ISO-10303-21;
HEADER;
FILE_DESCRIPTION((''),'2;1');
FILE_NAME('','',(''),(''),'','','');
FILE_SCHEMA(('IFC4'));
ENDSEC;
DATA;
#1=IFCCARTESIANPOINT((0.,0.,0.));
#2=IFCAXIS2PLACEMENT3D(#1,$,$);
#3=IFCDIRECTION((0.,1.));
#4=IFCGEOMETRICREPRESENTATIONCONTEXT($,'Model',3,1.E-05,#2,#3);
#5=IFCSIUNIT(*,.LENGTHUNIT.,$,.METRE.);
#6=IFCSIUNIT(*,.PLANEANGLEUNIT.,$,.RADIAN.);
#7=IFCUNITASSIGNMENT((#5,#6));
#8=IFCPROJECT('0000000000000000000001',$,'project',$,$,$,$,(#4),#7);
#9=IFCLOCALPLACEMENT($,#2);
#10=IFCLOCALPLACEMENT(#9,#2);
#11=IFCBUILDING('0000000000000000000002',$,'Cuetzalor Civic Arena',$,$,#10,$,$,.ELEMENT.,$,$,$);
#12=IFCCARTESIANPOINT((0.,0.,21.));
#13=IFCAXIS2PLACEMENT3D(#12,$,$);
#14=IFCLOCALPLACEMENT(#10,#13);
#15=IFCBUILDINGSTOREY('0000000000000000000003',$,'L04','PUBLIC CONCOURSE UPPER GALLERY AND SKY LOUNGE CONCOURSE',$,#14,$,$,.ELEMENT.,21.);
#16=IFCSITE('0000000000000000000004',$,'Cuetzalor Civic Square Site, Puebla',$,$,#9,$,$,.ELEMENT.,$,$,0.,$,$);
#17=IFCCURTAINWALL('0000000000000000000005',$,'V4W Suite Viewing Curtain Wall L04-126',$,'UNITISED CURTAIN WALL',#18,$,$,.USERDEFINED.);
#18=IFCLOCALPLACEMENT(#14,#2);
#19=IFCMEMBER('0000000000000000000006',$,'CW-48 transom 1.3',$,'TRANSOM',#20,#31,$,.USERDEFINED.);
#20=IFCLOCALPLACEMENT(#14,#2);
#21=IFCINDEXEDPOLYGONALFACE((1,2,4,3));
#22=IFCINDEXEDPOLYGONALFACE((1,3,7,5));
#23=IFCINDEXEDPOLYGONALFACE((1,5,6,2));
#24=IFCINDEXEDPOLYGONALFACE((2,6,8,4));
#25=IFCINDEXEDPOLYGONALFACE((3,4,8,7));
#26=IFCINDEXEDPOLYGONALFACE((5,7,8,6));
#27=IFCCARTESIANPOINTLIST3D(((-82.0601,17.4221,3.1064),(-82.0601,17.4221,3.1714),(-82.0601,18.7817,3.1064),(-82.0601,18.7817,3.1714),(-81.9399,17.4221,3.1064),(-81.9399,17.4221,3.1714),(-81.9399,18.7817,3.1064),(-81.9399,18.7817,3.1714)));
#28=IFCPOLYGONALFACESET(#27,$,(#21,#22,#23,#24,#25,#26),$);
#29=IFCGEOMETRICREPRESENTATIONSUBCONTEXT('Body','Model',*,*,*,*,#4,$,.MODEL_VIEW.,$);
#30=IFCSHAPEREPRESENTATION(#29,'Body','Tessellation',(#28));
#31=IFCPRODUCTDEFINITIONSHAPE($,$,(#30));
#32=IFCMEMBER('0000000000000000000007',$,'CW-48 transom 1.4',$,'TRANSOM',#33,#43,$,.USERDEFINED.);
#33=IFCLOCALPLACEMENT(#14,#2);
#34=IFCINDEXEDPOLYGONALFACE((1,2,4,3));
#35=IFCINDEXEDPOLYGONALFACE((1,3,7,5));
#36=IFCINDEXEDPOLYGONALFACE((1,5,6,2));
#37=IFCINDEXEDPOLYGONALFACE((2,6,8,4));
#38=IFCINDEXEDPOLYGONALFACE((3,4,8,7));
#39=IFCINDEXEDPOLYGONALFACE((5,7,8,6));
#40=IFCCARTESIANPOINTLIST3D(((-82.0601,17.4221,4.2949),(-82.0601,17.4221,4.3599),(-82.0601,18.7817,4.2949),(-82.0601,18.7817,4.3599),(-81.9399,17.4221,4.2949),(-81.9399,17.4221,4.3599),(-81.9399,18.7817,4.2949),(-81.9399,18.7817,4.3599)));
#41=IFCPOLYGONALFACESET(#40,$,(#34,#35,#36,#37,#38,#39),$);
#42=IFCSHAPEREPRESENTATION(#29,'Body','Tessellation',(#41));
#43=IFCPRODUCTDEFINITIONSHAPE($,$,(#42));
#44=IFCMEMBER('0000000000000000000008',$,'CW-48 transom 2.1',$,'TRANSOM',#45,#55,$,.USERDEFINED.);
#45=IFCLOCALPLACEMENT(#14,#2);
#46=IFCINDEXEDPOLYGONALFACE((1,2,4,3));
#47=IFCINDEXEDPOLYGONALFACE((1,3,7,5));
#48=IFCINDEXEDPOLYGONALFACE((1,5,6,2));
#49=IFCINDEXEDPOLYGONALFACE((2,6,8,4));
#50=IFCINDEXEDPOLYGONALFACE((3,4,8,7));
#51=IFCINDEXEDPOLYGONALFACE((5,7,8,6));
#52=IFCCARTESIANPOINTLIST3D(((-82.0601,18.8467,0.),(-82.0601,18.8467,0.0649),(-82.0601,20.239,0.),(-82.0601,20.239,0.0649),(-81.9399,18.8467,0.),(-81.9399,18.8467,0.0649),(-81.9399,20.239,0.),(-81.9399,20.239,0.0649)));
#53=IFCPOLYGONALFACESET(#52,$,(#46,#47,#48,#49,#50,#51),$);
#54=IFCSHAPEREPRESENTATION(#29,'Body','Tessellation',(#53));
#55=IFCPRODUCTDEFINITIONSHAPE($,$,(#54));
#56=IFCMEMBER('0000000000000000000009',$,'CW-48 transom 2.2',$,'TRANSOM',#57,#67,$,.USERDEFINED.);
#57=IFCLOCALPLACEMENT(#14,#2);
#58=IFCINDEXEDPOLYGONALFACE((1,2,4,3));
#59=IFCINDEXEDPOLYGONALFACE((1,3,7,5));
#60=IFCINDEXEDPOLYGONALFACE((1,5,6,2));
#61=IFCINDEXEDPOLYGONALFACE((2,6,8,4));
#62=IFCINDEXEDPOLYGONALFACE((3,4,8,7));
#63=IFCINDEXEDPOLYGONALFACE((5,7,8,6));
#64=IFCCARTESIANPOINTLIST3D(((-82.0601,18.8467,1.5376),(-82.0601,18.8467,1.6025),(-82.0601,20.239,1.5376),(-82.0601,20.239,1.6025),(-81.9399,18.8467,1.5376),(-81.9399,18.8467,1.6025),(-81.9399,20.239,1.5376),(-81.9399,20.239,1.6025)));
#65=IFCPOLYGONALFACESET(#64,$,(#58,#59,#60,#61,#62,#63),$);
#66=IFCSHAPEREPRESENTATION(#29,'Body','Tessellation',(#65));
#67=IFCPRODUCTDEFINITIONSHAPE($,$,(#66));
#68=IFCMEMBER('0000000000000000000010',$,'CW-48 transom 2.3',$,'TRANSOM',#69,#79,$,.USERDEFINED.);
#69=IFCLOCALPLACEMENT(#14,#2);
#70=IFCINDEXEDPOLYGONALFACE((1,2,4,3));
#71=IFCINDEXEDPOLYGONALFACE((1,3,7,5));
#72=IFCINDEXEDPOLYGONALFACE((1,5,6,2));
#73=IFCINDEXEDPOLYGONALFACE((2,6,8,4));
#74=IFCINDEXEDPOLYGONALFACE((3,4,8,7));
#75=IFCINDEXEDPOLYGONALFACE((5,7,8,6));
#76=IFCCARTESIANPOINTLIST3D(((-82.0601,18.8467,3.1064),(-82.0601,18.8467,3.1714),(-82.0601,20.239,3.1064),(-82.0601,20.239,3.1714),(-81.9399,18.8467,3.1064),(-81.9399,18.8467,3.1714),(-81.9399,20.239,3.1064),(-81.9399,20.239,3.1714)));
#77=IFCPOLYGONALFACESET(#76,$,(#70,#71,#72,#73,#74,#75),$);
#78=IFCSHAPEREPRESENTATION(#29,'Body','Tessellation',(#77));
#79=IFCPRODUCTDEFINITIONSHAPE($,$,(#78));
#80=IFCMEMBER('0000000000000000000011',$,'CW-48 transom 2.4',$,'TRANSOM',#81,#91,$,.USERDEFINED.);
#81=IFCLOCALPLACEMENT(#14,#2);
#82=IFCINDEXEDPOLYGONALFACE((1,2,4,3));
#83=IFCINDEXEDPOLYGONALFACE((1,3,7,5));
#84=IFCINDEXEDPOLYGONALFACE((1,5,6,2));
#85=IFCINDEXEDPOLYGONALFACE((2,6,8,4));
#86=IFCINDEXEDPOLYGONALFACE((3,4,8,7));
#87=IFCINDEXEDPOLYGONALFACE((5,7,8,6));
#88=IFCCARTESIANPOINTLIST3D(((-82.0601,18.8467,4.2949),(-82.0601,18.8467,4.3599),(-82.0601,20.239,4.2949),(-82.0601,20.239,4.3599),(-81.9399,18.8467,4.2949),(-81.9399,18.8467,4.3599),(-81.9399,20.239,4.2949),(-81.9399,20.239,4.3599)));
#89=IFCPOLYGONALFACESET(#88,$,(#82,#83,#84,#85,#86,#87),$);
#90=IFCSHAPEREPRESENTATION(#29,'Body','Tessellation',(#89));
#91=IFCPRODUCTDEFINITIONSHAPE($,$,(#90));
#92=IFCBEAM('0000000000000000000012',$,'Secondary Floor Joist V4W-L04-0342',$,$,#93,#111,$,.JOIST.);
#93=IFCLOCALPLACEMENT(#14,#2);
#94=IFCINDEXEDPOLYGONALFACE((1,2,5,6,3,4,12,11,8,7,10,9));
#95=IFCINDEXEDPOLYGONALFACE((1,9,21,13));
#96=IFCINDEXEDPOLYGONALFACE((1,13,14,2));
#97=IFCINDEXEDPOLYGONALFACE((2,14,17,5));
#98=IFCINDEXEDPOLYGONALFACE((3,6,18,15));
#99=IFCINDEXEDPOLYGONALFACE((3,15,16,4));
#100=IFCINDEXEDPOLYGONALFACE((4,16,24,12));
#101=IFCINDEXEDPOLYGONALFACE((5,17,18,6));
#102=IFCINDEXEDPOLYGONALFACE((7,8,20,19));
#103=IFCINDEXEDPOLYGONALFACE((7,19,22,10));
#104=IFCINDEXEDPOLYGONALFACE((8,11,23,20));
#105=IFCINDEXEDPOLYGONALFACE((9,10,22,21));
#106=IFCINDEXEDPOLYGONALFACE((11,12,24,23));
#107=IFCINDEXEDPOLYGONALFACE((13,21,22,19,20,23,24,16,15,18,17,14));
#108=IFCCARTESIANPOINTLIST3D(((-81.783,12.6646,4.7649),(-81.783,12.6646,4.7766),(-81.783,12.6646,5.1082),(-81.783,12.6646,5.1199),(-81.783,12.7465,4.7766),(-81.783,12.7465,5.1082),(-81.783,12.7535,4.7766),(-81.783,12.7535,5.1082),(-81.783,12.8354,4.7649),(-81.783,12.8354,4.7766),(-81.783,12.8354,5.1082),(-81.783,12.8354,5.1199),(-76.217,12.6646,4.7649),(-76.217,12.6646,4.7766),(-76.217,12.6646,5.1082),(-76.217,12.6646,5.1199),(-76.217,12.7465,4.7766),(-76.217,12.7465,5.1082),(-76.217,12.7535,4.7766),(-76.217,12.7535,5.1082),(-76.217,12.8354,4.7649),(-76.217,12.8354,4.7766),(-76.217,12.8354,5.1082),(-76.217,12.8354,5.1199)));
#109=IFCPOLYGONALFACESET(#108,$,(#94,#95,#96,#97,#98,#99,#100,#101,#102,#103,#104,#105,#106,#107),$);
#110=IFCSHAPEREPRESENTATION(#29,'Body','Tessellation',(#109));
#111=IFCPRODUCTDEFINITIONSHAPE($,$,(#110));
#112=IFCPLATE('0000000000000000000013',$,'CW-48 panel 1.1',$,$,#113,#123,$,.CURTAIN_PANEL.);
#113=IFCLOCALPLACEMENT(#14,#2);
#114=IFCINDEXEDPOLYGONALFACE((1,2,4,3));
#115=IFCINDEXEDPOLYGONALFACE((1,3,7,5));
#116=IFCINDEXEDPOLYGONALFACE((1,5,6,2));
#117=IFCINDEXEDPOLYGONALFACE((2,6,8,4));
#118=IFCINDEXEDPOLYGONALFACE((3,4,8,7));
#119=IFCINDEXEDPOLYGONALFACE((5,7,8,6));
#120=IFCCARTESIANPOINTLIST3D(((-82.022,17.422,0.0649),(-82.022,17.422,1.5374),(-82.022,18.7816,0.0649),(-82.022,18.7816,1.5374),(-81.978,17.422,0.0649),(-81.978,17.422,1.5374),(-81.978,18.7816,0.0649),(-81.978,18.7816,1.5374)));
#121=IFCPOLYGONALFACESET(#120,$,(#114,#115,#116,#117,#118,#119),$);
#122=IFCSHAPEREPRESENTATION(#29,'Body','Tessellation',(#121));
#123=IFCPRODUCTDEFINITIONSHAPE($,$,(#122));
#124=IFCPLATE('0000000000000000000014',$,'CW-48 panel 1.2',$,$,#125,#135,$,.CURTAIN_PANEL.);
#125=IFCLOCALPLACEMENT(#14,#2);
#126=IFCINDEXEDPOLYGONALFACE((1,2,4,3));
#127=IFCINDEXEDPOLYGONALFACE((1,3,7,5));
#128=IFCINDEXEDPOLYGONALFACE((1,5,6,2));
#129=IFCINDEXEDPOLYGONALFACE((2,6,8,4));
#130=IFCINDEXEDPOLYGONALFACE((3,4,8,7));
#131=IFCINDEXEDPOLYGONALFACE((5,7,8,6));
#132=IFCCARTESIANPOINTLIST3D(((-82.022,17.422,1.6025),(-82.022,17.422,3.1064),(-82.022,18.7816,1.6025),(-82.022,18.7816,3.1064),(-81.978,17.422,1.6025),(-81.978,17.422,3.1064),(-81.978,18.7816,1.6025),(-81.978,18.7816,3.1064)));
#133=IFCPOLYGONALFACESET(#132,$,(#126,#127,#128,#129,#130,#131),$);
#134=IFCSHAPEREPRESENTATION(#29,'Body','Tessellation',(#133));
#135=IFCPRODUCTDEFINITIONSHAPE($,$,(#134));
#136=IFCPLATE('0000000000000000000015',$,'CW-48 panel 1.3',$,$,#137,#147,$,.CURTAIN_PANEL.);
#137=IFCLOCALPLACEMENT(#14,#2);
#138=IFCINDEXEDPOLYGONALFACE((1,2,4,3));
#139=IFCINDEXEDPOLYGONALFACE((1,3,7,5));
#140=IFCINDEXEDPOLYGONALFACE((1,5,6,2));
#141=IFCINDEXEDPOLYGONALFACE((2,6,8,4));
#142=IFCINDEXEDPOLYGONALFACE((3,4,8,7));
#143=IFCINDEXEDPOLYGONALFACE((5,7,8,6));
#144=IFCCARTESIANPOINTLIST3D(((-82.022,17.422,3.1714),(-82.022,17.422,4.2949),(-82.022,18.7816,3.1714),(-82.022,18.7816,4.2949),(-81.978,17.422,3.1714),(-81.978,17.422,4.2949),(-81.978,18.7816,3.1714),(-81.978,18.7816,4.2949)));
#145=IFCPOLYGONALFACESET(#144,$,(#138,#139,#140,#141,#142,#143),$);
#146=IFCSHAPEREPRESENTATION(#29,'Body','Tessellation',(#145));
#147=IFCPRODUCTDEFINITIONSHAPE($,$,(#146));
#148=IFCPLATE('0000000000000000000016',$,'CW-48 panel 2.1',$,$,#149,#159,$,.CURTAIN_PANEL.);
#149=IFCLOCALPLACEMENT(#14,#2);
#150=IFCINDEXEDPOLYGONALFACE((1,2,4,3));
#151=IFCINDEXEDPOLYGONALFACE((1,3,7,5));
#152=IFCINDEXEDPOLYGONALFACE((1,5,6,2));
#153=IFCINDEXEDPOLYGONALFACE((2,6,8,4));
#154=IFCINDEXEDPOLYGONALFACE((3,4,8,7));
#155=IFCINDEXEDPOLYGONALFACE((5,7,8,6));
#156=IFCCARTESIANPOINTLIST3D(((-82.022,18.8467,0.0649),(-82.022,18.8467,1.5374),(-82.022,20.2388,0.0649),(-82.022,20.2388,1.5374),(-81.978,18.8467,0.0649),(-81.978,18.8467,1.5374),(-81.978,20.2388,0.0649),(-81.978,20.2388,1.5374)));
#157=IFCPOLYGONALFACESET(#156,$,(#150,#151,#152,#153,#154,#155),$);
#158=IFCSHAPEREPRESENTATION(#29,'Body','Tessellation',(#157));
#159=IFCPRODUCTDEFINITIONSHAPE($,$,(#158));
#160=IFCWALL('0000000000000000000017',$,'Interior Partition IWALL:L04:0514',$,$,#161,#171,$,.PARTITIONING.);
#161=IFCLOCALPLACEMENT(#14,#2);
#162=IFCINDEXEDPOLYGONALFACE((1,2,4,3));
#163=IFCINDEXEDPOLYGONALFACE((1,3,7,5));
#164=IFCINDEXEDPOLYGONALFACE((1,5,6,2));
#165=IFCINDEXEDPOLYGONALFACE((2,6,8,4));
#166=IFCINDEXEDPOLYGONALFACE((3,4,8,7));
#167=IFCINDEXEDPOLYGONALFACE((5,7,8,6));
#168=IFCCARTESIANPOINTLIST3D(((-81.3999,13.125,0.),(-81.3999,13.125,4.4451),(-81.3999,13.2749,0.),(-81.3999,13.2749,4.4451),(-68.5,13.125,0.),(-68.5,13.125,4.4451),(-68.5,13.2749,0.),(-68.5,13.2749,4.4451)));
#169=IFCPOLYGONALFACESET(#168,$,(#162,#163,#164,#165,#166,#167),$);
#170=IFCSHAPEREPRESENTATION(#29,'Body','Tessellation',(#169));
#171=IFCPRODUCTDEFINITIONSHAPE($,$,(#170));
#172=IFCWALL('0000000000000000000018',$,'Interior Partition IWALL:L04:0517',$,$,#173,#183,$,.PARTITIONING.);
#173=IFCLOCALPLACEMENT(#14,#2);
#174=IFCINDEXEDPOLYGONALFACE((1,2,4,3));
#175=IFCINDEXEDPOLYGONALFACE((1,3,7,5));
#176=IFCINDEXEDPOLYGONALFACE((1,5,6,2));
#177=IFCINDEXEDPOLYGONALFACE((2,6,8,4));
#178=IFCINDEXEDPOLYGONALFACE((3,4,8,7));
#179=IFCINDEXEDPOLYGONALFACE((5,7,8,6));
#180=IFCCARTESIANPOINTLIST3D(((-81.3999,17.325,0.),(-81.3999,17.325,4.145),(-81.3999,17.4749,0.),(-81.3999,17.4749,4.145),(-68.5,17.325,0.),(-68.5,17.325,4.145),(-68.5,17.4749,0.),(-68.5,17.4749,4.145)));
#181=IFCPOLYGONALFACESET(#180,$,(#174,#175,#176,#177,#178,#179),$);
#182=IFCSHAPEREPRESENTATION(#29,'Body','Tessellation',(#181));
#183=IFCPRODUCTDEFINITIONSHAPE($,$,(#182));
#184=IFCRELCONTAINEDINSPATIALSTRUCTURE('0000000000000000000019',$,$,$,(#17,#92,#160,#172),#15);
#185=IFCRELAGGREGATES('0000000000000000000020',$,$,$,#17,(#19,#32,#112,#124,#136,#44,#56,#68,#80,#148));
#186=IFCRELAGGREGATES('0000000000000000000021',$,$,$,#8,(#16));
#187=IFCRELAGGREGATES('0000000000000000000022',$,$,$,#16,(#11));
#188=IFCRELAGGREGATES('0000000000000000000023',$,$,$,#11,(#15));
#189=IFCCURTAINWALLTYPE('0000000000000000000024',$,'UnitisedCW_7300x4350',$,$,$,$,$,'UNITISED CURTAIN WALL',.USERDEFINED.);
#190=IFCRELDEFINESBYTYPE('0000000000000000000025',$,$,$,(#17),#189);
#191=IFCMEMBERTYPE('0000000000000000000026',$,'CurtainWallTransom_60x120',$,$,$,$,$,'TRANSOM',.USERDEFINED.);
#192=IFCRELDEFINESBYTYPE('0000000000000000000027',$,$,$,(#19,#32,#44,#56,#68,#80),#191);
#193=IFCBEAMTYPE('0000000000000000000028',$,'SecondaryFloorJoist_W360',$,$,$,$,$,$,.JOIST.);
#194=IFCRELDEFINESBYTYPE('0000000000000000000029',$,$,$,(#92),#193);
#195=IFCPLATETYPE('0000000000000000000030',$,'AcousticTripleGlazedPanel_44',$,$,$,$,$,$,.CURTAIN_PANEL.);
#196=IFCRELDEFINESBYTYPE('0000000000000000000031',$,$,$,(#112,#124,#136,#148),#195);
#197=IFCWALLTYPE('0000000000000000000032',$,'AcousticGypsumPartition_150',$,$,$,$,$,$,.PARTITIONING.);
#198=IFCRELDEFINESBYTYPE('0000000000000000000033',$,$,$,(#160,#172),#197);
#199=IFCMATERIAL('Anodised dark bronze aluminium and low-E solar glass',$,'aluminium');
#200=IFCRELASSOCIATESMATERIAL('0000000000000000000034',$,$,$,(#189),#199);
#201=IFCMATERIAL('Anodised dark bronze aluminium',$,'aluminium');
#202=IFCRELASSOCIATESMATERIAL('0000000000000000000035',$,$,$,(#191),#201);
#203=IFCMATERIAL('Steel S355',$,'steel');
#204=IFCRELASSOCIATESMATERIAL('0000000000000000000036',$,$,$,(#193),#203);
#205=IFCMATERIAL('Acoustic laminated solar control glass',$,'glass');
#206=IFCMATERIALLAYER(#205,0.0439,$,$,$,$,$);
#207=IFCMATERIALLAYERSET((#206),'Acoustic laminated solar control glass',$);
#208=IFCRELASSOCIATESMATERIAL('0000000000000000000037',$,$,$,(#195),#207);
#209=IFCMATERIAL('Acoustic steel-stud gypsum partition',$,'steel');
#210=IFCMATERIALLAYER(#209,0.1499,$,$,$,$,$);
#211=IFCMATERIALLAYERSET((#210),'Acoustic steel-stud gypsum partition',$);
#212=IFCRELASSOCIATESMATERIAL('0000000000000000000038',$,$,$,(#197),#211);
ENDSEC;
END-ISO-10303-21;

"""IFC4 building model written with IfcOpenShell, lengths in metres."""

from ifc_helpers import new_model, si_unit, direction, frame, frame_2d, origin, origin_2d, place, context, subcontext, project, spatial, rectangle, i_section, extrude, material, layer, layer_set, material_profile, profile_set, type_object, element, aggregate, save


model = new_model("IFC4")

# Units and contexts
model_context = context("Model", 3, precision=1e-05, world=origin(), true_north=direction((0.0, 1.0)))
body_context = subcontext(model_context, "Body", "Model", "MODEL_VIEW")
ifc_project = project(units=[si_unit("LENGTHUNIT", "METRE"), si_unit("PLANEANGLEUNIT", "RADIAN")], contexts=[model_context])

# Site, building, storey
site_placement = place(None, origin())
site = spatial("IfcSite", under=ifc_project, at=site_placement, Name="Cuetzalor Civic Square Site, Puebla", CompositionType="ELEMENT", RefElevation=0.0)
building_placement = place(site_placement, origin())
building = spatial("IfcBuilding", under=site, at=building_placement, Name="Cuetzalor Civic Arena", CompositionType="ELEMENT")
storey_placement = place(building_placement, frame((0.0, 0.0, 21.0)))
storey = spatial("IfcBuildingStorey", under=building, at=storey_placement, Name="L04", Description="PUBLIC CONCOURSE UPPER GALLERY AND SKY LOUNGE CONCOURSE", CompositionType="ELEMENT", Elevation=21.0)

# Curtain wall, members
ifc_material_1 = material(Name="Anodised dark bronze aluminium and low-E solar glass", Category="aluminium")
curtain_wall_type_1 = type_object("IfcCurtainWallType", Name="UnitisedCW_7300x4350", ElementType="UNITISED CURTAIN WALL", PredefinedType="USERDEFINED", material=ifc_material_1)
curtain_wall_1_placement = place(storey_placement, origin())
curtain_wall_1 = element("IfcCurtainWall", 1, at=curtain_wall_1_placement, inside=storey, type_object=curtain_wall_type_1, Name="V4W Suite Viewing Curtain Wall L04-126", ObjectType="UNITISED CURTAIN WALL", PredefinedType="USERDEFINED")
ifc_material_2 = material(Name="Anodised dark bronze aluminium", Category="aluminium")
ifc_material_profile_1 = material_profile(ifc_material_2, rectangle(XDim=0.1201, YDim=0.0649, at=origin_2d()), Name="ALU TRANSOM 65x120")
ifc_profile_set_1 = profile_set([ifc_material_profile_1], Name="Anodised dark bronze aluminium")
member_type_1 = type_object("IfcMemberType", Name="CurtainWallTransom_60x120", ElementType="TRANSOM", PredefinedType="USERDEFINED", material=ifc_profile_set_1)
member_1_placement = place(storey_placement, frame((-82.0, 17.4221, 3.1389), z_axis=(0.0, 1.0, 0.0), x_axis=(-1.0, 0.0, 0.0)))
member_1 = element("IfcMember", 2, at=member_1_placement, type_object=member_type_1, Name="CW-48 transom 1.3", ObjectType="TRANSOM", PredefinedType="USERDEFINED", context=body_context, shape_type="SweptSolid", body=[
    extrude(rectangle(XDim=0.1201, YDim=0.0649, at=origin_2d()), origin(), (0.0, 0.0, 1.0), 1.3596),
])
member_2_placement = place(storey_placement, frame((-82.0, 17.4221, 4.3274), z_axis=(0.0, 1.0, 0.0), x_axis=(-1.0, 0.0, 0.0)))
member_2 = element("IfcMember", 3, at=member_2_placement, type_object=member_type_1, Name="CW-48 transom 1.4", ObjectType="TRANSOM", PredefinedType="USERDEFINED", context=body_context, shape_type="SweptSolid", body=[
    extrude(rectangle(XDim=0.1201, YDim=0.0649, at=origin_2d()), origin(), (0.0, 0.0, 1.0), 1.3596),
])
member_3_placement = place(storey_placement, frame((-82.0, 18.8467, 0.0325), z_axis=(0.0, 1.0, 0.0), x_axis=(-1.0, 0.0, 0.0)))
member_3 = element("IfcMember", 4, at=member_3_placement, type_object=member_type_1, Name="CW-48 transom 2.1", ObjectType="TRANSOM", PredefinedType="USERDEFINED", context=body_context, shape_type="SweptSolid", body=[
    extrude(rectangle(XDim=0.1201, YDim=0.0649, at=origin_2d()), origin(), (0.0, 0.0, 1.0), 1.3923),
])
member_4_placement = place(storey_placement, frame((-82.0, 18.8467, 1.5701), z_axis=(0.0, 1.0, 0.0), x_axis=(-1.0, 0.0, 0.0)))
member_4 = element("IfcMember", 5, at=member_4_placement, type_object=member_type_1, Name="CW-48 transom 2.2", ObjectType="TRANSOM", PredefinedType="USERDEFINED", context=body_context, shape_type="SweptSolid", body=[
    extrude(rectangle(XDim=0.1201, YDim=0.0649, at=origin_2d()), origin(), (0.0, 0.0, 1.0), 1.3923),
])
member_5_placement = place(storey_placement, frame((-82.0, 18.8467, 3.1389), z_axis=(0.0, 1.0, 0.0), x_axis=(-1.0, 0.0, 0.0)))
member_5 = element("IfcMember", 6, at=member_5_placement, type_object=member_type_1, Name="CW-48 transom 2.3", ObjectType="TRANSOM", PredefinedType="USERDEFINED", context=body_context, shape_type="SweptSolid", body=[
    extrude(rectangle(XDim=0.1201, YDim=0.0649, at=origin_2d()), origin(), (0.0, 0.0, 1.0), 1.3923),
])
member_6_placement = place(storey_placement, frame((-82.0, 18.8467, 4.3274), z_axis=(0.0, 1.0, 0.0), x_axis=(-1.0, 0.0, 0.0)))
member_6 = element("IfcMember", 7, at=member_6_placement, type_object=member_type_1, Name="CW-48 transom 2.4", ObjectType="TRANSOM", PredefinedType="USERDEFINED", context=body_context, shape_type="SweptSolid", body=[
    extrude(rectangle(XDim=0.1201, YDim=0.0649, at=origin_2d()), origin(), (0.0, 0.0, 1.0), 1.3923),
])

# Beam
ifc_material_3 = material(Name="Steel S355", Category="steel")
ifc_material_profile_2 = material_profile(ifc_material_3, i_section(OverallWidth=0.1709, OverallDepth=0.355, WebThickness=0.0071, FlangeThickness=0.0117, at=origin_2d()), Name="W360x51")
ifc_profile_set_2 = profile_set([ifc_material_profile_2], Name="Steel S355")
beam_type_1 = type_object("IfcBeamType", Name="SecondaryFloorJoist_W360", PredefinedType="JOIST", material=ifc_profile_set_2)
beam_1_placement = place(storey_placement, frame((-81.783, 12.75, 4.9424), z_axis=(1.0, 0.0, 0.0), x_axis=(0.0, 1.0, 0.0)))
element("IfcBeam", 8, at=beam_1_placement, inside=storey, type_object=beam_type_1, Name="Secondary Floor Joist V4W-L04-0342", PredefinedType="JOIST", context=body_context, shape_type="SweptSolid", body=[
    extrude(i_section(OverallWidth=0.1709, OverallDepth=0.355, WebThickness=0.0071, FlangeThickness=0.0117, at=origin_2d()), origin(), (0.0, 0.0, 1.0), 5.5659),
])

# Plates
ifc_material_4 = material(Name="Acoustic laminated solar control glass", Category="glass")
ifc_layer_1 = layer(ifc_material_4, 0.0439)
ifc_layer_set_1 = layer_set([ifc_layer_1], Name="Acoustic laminated solar control glass")
plate_type = type_object("IfcPlateType", Name="AcousticTripleGlazedPanel_44", PredefinedType="CURTAIN_PANEL", material=ifc_layer_set_1)
plate_1_placement = place(storey_placement, frame((-82.0, 18.1018, 0.0649), z_axis=(0.0, 0.0, 1.0), x_axis=(0.0, 1.0, 0.0)))
plate_1 = element("IfcPlate", 9, at=plate_1_placement, type_object=plate_type, Name="CW-48 panel 1.1", PredefinedType="CURTAIN_PANEL", context=body_context, shape_type="SweptSolid", body=[
    extrude(rectangle(XDim=1.3596, YDim=0.0439, at=origin_2d()), origin(), (0.0, 0.0, 1.0), 1.4724),
])
plate_2_placement = place(storey_placement, frame((-82.0, 18.1018, 1.6025), z_axis=(0.0, 0.0, 1.0), x_axis=(0.0, 1.0, 0.0)))
plate_2 = element("IfcPlate", 10, at=plate_2_placement, type_object=plate_type, Name="CW-48 panel 1.2", PredefinedType="CURTAIN_PANEL", context=body_context, shape_type="SweptSolid", body=[
    extrude(rectangle(XDim=1.3596, YDim=0.0439, at=origin_2d()), origin(), (0.0, 0.0, 1.0), 1.5039),
])
plate_3_placement = place(storey_placement, frame((-82.0, 18.1018, 3.1714), z_axis=(0.0, 0.0, 1.0), x_axis=(0.0, 1.0, 0.0)))
plate_3 = element("IfcPlate", 11, at=plate_3_placement, type_object=plate_type, Name="CW-48 panel 1.3", PredefinedType="CURTAIN_PANEL", context=body_context, shape_type="SweptSolid", body=[
    extrude(rectangle(XDim=1.3596, YDim=0.0439, at=origin_2d()), origin(), (0.0, 0.0, 1.0), 1.1235),
])
plate_4_placement = place(storey_placement, frame((-82.0, 19.5427, 0.0649), z_axis=(0.0, 0.0, 1.0), x_axis=(0.0, 1.0, 0.0)))
plate_4 = element("IfcPlate", 12, at=plate_4_placement, type_object=plate_type, Name="CW-48 panel 2.1", PredefinedType="CURTAIN_PANEL", context=body_context, shape_type="SweptSolid", body=[
    extrude(rectangle(XDim=1.3921, YDim=0.0439, at=origin_2d()), origin(), (0.0, 0.0, 1.0), 1.4724),
])
aggregate(curtain_wall_1, [member_1, member_2, plate_1, plate_2, plate_3, member_3, member_4, member_5, member_6, plate_4])

# Walls
ifc_material_5 = material(Name="Acoustic steel-stud gypsum partition", Category="steel")
ifc_layer_2 = layer(ifc_material_5, 0.1499)
ifc_layer_set_2 = layer_set([ifc_layer_2], Name="Acoustic steel-stud gypsum partition")
wall_type_1 = type_object("IfcWallType", Name="AcousticGypsumPartition_150", PredefinedType="PARTITIONING", material=ifc_layer_set_2)
wall_1_placement = place(storey_placement, frame((-81.3999, 13.2, 0.0), z_axis=(0.0, 0.0, 1.0), x_axis=(1.0, 0.0, 0.0)))
element("IfcWall", 13, at=wall_1_placement, inside=storey, type_object=wall_type_1, Name="Interior Partition IWALL:L04:0514", PredefinedType="PARTITIONING", context=body_context, shape_type="SweptSolid", body=[
    extrude(rectangle(XDim=12.8999, YDim=0.1499, at=frame_2d((6.45, 0.0))), origin(), (0.0, 0.0, 1.0), 4.4451),
])
wall_2_placement = place(storey_placement, frame((-81.3999, 17.3999, 0.0), z_axis=(0.0, 0.0, 1.0), x_axis=(1.0, 0.0, 0.0)))
element("IfcWall", 14, at=wall_2_placement, inside=storey, type_object=wall_type_1, Name="Interior Partition IWALL:L04:0517", PredefinedType="PARTITIONING", context=body_context, shape_type="SweptSolid", body=[
    extrude(rectangle(XDim=12.8999, YDim=0.1499, at=frame_2d((6.45, 0.0))), origin(), (0.0, 0.0, 1.0), 4.145),
])

save(model, "model.ifc")
